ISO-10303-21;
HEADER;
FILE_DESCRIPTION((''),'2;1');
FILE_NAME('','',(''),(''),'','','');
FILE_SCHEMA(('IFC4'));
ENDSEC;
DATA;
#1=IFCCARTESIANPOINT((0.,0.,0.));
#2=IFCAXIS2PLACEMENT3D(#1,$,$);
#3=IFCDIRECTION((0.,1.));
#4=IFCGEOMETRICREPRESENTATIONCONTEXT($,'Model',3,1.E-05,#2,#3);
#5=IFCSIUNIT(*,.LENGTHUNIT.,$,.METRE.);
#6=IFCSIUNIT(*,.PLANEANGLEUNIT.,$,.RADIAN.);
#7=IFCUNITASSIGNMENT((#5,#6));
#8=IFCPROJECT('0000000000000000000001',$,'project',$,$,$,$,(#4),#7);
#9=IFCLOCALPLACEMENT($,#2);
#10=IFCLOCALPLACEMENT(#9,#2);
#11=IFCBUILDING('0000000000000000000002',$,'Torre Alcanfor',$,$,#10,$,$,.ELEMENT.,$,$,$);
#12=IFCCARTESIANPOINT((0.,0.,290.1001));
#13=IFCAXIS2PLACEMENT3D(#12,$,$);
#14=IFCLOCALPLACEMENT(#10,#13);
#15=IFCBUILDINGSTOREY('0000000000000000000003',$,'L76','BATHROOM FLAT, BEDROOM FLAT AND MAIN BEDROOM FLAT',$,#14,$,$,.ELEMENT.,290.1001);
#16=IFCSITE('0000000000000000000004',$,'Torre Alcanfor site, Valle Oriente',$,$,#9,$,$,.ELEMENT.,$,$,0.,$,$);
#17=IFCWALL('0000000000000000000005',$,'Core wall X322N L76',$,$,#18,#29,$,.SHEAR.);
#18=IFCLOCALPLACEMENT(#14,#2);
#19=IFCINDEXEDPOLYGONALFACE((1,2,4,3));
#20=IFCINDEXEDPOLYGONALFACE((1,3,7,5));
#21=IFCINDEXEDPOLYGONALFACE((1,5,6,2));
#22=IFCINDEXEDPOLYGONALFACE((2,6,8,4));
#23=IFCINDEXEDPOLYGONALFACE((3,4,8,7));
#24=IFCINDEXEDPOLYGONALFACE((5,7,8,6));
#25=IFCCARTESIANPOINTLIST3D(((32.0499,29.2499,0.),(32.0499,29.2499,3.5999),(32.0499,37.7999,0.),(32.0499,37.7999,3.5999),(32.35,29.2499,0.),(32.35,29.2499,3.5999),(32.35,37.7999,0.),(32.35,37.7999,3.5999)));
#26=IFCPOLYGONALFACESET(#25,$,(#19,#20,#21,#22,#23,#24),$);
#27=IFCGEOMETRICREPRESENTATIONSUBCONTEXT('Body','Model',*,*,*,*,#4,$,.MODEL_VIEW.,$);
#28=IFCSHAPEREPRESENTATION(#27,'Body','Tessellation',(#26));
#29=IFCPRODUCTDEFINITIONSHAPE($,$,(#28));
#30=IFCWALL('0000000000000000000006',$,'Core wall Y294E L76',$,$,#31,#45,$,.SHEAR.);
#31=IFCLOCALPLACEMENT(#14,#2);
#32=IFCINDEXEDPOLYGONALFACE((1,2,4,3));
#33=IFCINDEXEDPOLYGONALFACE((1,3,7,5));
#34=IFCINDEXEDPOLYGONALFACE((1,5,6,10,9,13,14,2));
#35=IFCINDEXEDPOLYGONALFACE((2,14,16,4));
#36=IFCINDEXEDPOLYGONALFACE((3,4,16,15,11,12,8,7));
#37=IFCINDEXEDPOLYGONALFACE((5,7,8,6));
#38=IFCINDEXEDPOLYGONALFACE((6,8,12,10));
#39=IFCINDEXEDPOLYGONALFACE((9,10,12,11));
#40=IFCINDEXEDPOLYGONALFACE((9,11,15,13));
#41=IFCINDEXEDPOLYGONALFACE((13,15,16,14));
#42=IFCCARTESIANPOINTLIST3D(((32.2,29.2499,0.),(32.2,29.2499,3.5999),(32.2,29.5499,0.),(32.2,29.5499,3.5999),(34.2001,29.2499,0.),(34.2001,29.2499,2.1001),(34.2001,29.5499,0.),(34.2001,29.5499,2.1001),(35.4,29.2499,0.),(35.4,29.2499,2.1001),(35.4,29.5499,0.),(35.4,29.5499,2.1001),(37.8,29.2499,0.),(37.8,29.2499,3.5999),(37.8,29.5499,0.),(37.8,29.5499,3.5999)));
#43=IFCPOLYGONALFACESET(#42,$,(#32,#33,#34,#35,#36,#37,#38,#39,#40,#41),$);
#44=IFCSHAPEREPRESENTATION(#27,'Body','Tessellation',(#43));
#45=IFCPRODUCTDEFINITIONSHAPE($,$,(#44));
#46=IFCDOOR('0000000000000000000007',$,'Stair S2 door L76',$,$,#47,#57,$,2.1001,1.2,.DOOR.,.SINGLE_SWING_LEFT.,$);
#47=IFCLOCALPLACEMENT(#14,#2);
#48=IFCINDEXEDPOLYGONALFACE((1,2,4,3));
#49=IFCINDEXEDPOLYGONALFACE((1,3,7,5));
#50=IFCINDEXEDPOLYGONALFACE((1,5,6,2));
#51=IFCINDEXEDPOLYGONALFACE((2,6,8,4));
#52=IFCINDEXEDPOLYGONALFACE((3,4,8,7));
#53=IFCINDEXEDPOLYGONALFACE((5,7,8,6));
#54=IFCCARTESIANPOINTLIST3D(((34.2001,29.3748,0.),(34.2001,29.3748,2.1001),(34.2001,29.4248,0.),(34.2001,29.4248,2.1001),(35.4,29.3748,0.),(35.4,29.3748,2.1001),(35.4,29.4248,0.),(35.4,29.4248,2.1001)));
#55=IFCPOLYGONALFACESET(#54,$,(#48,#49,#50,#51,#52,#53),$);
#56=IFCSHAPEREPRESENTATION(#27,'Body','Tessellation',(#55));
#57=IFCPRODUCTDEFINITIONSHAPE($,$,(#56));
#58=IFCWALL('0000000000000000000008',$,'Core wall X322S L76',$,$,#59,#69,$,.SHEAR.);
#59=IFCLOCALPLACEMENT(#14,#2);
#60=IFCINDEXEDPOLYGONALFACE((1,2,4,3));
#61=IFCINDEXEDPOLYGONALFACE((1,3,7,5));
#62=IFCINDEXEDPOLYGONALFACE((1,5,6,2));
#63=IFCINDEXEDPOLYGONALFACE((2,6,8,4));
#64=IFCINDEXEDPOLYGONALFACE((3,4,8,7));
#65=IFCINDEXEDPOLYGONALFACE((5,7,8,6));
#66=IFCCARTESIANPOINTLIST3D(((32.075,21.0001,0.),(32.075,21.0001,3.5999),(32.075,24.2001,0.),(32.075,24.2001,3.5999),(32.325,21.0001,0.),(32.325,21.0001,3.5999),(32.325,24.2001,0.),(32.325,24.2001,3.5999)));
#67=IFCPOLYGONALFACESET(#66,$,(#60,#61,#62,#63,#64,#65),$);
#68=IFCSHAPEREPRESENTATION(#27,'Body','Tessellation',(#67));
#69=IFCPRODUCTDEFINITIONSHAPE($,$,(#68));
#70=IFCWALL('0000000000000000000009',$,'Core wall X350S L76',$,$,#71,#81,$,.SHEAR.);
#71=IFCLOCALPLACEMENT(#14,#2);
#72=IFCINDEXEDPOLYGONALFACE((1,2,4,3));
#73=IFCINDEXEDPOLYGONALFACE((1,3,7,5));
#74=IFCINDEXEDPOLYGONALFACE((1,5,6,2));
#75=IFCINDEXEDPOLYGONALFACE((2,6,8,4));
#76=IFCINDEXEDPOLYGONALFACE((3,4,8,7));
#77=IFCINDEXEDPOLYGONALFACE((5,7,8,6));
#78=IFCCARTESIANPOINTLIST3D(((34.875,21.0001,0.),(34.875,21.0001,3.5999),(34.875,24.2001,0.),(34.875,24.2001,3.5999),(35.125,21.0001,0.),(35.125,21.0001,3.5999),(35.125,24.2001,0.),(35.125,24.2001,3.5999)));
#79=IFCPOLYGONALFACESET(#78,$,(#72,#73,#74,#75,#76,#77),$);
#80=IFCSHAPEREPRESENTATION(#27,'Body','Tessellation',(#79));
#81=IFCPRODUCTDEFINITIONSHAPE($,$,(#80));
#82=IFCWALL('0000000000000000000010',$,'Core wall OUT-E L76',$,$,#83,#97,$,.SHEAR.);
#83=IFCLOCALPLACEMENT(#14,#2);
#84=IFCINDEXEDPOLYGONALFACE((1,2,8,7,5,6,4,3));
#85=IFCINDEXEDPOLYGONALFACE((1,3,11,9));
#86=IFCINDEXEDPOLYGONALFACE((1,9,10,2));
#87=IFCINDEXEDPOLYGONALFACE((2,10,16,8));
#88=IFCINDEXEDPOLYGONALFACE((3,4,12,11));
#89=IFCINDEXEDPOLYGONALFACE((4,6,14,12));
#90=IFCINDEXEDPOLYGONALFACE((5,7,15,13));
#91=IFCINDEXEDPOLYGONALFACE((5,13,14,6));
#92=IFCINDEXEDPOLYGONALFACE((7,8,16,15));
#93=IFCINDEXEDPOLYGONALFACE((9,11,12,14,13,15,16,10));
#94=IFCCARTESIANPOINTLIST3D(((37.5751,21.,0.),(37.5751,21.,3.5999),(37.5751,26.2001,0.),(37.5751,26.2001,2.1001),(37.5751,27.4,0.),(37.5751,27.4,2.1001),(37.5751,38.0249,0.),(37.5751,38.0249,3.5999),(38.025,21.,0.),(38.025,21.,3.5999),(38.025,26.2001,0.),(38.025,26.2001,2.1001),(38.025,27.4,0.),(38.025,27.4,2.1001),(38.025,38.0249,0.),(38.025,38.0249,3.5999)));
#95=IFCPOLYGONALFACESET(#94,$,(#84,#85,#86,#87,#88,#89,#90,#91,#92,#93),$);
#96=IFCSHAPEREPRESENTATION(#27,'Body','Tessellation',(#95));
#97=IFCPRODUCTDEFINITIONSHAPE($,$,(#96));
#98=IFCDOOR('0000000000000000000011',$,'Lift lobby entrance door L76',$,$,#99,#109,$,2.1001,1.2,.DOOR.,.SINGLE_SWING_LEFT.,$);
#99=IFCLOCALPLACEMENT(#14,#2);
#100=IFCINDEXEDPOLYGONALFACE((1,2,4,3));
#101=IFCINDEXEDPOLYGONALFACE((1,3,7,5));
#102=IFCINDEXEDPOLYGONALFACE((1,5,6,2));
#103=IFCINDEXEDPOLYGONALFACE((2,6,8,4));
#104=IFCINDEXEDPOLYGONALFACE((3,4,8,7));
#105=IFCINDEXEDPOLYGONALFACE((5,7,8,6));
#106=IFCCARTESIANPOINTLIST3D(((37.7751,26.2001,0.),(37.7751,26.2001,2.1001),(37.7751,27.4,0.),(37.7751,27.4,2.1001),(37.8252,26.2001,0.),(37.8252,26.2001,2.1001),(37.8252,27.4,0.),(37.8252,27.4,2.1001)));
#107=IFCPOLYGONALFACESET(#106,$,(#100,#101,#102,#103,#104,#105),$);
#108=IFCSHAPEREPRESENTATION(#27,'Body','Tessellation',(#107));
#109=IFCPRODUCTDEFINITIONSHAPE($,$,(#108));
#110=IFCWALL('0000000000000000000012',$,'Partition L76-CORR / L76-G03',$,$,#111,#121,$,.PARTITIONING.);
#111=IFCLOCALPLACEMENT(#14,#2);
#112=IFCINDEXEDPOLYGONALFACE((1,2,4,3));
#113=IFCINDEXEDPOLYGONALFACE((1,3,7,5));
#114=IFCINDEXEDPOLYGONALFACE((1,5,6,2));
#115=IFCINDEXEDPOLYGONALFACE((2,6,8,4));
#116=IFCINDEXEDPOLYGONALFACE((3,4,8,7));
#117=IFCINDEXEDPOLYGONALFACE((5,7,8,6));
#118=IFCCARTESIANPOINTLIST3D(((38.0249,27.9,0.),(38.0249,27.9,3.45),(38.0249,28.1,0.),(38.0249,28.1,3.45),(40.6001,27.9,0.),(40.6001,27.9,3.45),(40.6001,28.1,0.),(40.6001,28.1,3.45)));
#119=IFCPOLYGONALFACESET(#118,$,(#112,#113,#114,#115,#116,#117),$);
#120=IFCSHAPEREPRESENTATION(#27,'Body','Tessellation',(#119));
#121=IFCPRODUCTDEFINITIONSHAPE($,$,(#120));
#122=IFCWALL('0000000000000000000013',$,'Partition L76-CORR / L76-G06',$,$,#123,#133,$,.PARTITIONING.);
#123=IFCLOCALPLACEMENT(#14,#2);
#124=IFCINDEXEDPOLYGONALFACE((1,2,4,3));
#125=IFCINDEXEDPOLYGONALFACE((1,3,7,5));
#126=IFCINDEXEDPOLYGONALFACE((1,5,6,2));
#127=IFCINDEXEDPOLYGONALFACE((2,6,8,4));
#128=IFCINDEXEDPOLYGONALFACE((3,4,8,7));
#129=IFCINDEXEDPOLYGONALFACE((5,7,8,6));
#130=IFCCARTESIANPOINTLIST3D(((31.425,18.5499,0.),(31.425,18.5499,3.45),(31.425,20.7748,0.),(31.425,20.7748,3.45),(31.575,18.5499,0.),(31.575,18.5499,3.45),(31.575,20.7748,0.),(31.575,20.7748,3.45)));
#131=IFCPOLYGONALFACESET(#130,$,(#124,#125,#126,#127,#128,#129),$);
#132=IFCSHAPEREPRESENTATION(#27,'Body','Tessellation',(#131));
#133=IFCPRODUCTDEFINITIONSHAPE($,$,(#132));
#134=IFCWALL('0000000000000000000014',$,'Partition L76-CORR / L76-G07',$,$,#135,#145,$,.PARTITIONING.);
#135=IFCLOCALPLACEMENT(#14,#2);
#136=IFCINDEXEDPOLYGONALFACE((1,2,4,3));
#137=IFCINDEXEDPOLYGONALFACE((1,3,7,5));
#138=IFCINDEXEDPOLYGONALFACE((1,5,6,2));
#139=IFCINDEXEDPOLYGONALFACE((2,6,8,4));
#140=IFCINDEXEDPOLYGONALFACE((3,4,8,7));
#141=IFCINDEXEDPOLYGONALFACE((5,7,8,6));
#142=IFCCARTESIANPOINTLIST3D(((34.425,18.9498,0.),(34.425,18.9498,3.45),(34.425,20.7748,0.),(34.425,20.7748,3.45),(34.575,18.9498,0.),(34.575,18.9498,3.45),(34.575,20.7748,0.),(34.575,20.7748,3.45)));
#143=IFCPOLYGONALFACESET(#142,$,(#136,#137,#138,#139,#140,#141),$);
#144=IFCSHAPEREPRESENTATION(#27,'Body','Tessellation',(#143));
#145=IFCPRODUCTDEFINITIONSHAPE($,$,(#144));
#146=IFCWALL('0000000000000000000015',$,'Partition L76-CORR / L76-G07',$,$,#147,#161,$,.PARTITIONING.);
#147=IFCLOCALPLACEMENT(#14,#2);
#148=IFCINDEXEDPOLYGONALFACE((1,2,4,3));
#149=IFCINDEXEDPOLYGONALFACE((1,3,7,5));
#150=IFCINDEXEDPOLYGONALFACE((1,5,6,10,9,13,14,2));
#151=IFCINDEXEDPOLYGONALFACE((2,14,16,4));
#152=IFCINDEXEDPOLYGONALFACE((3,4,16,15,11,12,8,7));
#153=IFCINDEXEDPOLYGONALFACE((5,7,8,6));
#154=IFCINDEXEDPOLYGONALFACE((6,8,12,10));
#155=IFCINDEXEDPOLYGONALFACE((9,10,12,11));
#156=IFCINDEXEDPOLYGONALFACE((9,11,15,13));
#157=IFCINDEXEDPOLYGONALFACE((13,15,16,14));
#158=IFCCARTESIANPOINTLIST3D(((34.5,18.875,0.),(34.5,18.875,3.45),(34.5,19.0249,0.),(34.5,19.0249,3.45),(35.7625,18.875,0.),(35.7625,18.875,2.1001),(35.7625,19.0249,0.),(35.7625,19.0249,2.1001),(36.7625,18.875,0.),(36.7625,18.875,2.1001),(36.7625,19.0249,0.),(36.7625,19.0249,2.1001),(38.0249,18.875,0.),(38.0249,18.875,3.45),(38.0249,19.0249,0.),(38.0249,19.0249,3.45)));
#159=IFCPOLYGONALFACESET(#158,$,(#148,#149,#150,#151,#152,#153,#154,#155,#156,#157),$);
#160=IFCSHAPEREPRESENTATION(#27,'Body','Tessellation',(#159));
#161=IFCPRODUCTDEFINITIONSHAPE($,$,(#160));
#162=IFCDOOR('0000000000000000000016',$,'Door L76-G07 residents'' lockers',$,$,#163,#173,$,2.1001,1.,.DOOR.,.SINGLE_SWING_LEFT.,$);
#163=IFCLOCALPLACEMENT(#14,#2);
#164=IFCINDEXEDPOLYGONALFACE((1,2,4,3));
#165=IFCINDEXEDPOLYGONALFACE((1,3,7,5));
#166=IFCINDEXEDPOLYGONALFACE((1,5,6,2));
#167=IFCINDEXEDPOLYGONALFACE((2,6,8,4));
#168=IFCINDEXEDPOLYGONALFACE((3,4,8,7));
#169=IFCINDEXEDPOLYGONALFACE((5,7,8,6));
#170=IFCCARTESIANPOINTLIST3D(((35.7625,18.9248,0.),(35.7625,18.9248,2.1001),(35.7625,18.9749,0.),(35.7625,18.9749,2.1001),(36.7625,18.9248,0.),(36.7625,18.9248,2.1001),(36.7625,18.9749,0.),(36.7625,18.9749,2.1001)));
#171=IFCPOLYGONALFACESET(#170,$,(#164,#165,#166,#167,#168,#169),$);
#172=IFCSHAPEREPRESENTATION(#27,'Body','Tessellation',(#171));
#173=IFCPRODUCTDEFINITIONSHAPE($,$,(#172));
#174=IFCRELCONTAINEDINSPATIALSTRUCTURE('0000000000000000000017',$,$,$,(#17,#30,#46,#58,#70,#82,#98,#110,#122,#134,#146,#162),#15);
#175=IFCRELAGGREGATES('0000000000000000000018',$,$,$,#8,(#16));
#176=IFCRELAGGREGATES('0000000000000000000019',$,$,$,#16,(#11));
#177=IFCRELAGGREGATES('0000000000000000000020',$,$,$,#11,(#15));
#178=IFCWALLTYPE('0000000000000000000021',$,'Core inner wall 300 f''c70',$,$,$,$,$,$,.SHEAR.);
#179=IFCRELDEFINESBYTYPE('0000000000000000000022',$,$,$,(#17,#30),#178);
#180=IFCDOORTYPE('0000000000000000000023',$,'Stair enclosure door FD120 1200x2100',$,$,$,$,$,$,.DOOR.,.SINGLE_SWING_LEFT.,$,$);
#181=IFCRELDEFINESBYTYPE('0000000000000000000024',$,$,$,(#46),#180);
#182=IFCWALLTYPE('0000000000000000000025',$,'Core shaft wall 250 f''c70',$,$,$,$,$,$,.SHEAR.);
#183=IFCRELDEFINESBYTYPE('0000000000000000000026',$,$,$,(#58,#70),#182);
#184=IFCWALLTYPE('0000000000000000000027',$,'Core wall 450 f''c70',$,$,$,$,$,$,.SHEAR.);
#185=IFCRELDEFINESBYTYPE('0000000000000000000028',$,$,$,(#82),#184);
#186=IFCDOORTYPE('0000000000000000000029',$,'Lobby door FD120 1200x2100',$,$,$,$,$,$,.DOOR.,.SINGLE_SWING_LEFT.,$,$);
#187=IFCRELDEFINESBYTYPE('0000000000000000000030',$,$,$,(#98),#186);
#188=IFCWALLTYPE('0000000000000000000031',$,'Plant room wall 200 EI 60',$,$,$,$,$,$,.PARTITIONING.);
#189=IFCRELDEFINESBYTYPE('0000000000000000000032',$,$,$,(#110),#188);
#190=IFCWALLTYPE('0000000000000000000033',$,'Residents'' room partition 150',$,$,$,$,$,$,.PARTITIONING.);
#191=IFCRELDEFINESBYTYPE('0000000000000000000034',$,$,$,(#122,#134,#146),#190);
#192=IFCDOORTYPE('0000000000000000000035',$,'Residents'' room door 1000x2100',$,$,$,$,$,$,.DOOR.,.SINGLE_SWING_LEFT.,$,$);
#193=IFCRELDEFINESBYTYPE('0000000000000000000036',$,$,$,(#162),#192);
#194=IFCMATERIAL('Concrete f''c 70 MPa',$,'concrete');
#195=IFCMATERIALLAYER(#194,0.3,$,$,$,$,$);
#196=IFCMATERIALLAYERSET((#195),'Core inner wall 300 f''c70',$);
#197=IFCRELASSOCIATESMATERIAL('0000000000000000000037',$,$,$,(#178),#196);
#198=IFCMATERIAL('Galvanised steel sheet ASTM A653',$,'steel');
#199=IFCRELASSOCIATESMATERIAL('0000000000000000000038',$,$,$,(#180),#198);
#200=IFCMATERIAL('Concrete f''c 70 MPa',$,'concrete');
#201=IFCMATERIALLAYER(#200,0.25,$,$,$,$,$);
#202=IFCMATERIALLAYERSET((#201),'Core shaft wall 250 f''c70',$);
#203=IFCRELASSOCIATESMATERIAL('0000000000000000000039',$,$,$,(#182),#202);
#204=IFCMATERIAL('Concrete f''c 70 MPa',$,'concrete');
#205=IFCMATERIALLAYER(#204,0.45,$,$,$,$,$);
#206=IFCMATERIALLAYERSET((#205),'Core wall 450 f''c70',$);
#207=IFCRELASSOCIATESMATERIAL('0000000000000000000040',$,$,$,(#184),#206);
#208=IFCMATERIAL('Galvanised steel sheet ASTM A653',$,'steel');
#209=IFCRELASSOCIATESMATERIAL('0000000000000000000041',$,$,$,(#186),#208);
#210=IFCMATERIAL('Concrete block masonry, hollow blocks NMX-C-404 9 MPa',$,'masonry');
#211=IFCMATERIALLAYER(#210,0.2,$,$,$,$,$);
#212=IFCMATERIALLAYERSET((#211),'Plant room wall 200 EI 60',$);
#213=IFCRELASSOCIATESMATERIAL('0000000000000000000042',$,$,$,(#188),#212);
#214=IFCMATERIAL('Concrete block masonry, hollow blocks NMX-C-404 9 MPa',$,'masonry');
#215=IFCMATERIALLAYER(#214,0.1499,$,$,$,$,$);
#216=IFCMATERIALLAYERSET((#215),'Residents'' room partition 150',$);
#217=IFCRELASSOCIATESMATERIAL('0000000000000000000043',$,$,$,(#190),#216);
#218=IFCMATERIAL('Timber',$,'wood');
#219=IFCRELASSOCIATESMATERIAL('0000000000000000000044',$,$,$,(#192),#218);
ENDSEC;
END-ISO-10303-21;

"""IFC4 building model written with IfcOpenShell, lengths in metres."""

from ifc_helpers import new_model, si_unit, direction, frame, frame_2d, origin, place, context, subcontext, project, spatial, rectangle, extrude, material, layer, layer_set, type_object, element, fill, save


model = new_model("IFC4")

# Units and contexts
model_context = context("Model", 3, precision=1e-05, world=origin(), true_north=direction((0.0, 1.0)))
body_context = subcontext(model_context, "Body", "Model", "MODEL_VIEW")
ifc_project = project(units=[si_unit("LENGTHUNIT", "METRE"), si_unit("PLANEANGLEUNIT", "RADIAN")], contexts=[model_context])

# Site, building, storey
site_placement = place(None, origin())
site = spatial("IfcSite", under=ifc_project, at=site_placement, Name="Torre Alcanfor site, Valle Oriente", CompositionType="ELEMENT", RefElevation=0.0)
building_placement = place(site_placement, origin())
building = spatial("IfcBuilding", under=site, at=building_placement, Name="Torre Alcanfor", CompositionType="ELEMENT")
storey_placement = place(building_placement, frame((0.0, 0.0, 290.1001)))
storey = spatial("IfcBuildingStorey", under=building, at=storey_placement, Name="L76", Description="BATHROOM FLAT, BEDROOM FLAT AND MAIN BEDROOM FLAT", CompositionType="ELEMENT", Elevation=290.1001)

# Wall
ifc_material_1 = material(Name="Concrete f'c 70 MPa", Category="concrete")
ifc_layer_1 = layer(ifc_material_1, 0.3)
ifc_layer_set_1 = layer_set([ifc_layer_1], Name="Core inner wall 300 f'c70")
wall_type_1 = type_object("IfcWallType", Name="Core inner wall 300 f'c70", PredefinedType="SHEAR", material=ifc_layer_set_1)
wall_1_placement = place(storey_placement, frame((32.2, 29.25, 0.0), z_axis=(0.0, 0.0, 1.0), x_axis=(0.0, 1.0, 0.0)))
element("IfcWall", 1, at=wall_1_placement, inside=storey, type_object=wall_type_1, Name="Core wall X322N L76", PredefinedType="SHEAR", context=body_context, shape_type="SweptSolid", body=[
    extrude(rectangle(XDim=8.55, YDim=0.3, at=frame_2d((4.2749, 0.0))), origin(), (0.0, 0.0, 1.0), 3.5999),
])

# Wall, opening, door
wall_2_placement = place(storey_placement, frame((32.2, 29.3999, 0.0), z_axis=(0.0, 0.0, 1.0), x_axis=(1.0, 0.0, 0.0)))
wall_2 = element("IfcWall", 2, at=wall_2_placement, inside=storey, type_object=wall_type_1, Name="Core wall Y294E L76", PredefinedType="SHEAR", context=body_context, shape_type="SweptSolid", body=[
    extrude(rectangle(XDim=5.6001, YDim=0.3, at=frame_2d((2.8, 0.0))), origin(), (0.0, 0.0, 1.0), 3.5999),
])
opening_1_placement = place(wall_2_placement, frame((2.0, 0.0, 0.0)))
opening_1 = element("IfcOpeningElement", 3, at=opening_1_placement, cuts=wall_2, PredefinedType="OPENING", context=body_context, shape_type="SweptSolid", body=[
    extrude(rectangle(XDim=1.2, YDim=2.1001, at=frame_2d((0.6001, 1.05))), frame((0.0, 0.1599, 0.0), z_axis=(0.0, -1.0, 0.0), x_axis=(1.0, 0.0, 0.0)), (0.0, 0.0, 1.0), 0.3201),
])
ifc_material_2 = material(Name="Galvanised steel sheet ASTM A653", Category="steel")
door_type_1 = type_object("IfcDoorType", Name="Stair enclosure door FD120 1200x2100", OperationType="SINGLE_SWING_LEFT", PredefinedType="DOOR", material=ifc_material_2)
door_1_placement = place(opening_1_placement, origin())
door_1 = element("IfcDoor", 4, at=door_1_placement, inside=storey, type_object=door_type_1, Name="Stair S2 door L76", OperationType="SINGLE_SWING_LEFT", OverallHeight=2.1001, OverallWidth=1.2, PredefinedType="DOOR", context=body_context, shape_type="SweptSolid", body=[
    extrude(rectangle(XDim=1.2, YDim=2.1001, at=frame_2d((0.6001, 1.05))), frame((0.0, 0.0249, 0.0), z_axis=(0.0, -1.0, 0.0), x_axis=(1.0, 0.0, 0.0)), (0.0, 0.0, 1.0), 0.05),
])
fill(opening_1, door_1)

# Walls
ifc_material_3 = material(Name="Concrete f'c 70 MPa", Category="concrete")
ifc_layer_2 = layer(ifc_material_3, 0.25)
ifc_layer_set_2 = layer_set([ifc_layer_2], Name="Core shaft wall 250 f'c70")
wall_type_2 = type_object("IfcWallType", Name="Core shaft wall 250 f'c70", PredefinedType="SHEAR", material=ifc_layer_set_2)
for number, where, z_axis, x_axis, name in (
    (5, (32.2, 21.0, 0.0), (0.0, 0.0, 1.0), (0.0, 1.0, 0.0), "Core wall X322S L76"),
    (6, (35.0, 21.0, 0.0), (0.0, 0.0, 1.0), (0.0, 1.0, 0.0), "Core wall X350S L76"),
):
    element("IfcWall", number, at=place(storey_placement, frame(where, z_axis=z_axis, x_axis=x_axis)), inside=storey, type_object=wall_type_2, Name=name, PredefinedType="SHEAR", context=body_context, shape_type="SweptSolid", body=[
        extrude(rectangle(XDim=3.2, YDim=0.25, at=frame_2d((1.6001, 0.0))), origin(), (0.0, 0.0, 1.0), 3.5999),
    ])

# Wall, opening, door
ifc_material_4 = material(Name="Concrete f'c 70 MPa", Category="concrete")
ifc_layer_3 = layer(ifc_material_4, 0.45)
ifc_layer_set_3 = layer_set([ifc_layer_3], Name="Core wall 450 f'c70")
wall_type_3 = type_object("IfcWallType", Name="Core wall 450 f'c70", PredefinedType="SHEAR", material=ifc_layer_set_3)
wall_3_placement = place(storey_placement, frame((37.8, 21.0, 0.0), z_axis=(0.0, 0.0, 1.0), x_axis=(0.0, 1.0, 0.0)))
wall_3 = element("IfcWall", 7, at=wall_3_placement, inside=storey, type_object=wall_type_3, Name="Core wall OUT-E L76", PredefinedType="SHEAR", context=body_context, shape_type="SweptSolid", body=[
    extrude(rectangle(XDim=17.0249, YDim=0.45, at=frame_2d((8.5125, 0.0))), origin(), (0.0, 0.0, 1.0), 3.5999),
])
opening_2_placement = place(wall_3_placement, frame((5.2, 0.0, 0.0)))
opening_2 = element("IfcOpeningElement", 8, at=opening_2_placement, cuts=wall_3, PredefinedType="OPENING", context=body_context, shape_type="SweptSolid", body=[
    extrude(rectangle(XDim=1.2, YDim=2.1001, at=frame_2d((0.6001, 1.05))), frame((0.0, 0.2349, 0.0), z_axis=(0.0, -1.0, 0.0), x_axis=(1.0, 0.0, 0.0)), (0.0, 0.0, 1.0), 0.47),
])
ifc_material_5 = material(Name="Galvanised steel sheet ASTM A653", Category="steel")
door_type_2 = type_object("IfcDoorType", Name="Lobby door FD120 1200x2100", OperationType="SINGLE_SWING_LEFT", PredefinedType="DOOR", material=ifc_material_5)
door_2_placement = place(opening_2_placement, origin())
door_2 = element("IfcDoor", 9, at=door_2_placement, inside=storey, type_object=door_type_2, Name="Lift lobby entrance door L76", OperationType="SINGLE_SWING_LEFT", OverallHeight=2.1001, OverallWidth=1.2, PredefinedType="DOOR", context=body_context, shape_type="SweptSolid", body=[
    extrude(rectangle(XDim=1.2, YDim=2.1001, at=frame_2d((0.6001, 1.05))), frame((0.0, 0.0249, 0.0), z_axis=(0.0, -1.0, 0.0), x_axis=(1.0, 0.0, 0.0)), (0.0, 0.0, 1.0), 0.05),
])
fill(opening_2, door_2)

# Walls
ifc_material_6 = material(Name="Concrete block masonry, hollow blocks NMX-C-404 9 MPa", Category="masonry")
ifc_layer_4 = layer(ifc_material_6, 0.2)
ifc_layer_set_4 = layer_set([ifc_layer_4], Name="Plant room wall 200 EI 60")
wall_type_4 = type_object("IfcWallType", Name="Plant room wall 200 EI 60", PredefinedType="PARTITIONING", material=ifc_layer_set_4)
wall_4_placement = place(storey_placement, frame((38.0249, 28.0, 0.0), z_axis=(0.0, 0.0, 1.0), x_axis=(1.0, 0.0, 0.0)))
element("IfcWall", 10, at=wall_4_placement, inside=storey, type_object=wall_type_4, Name="Partition L76-CORR / L76-G03", PredefinedType="PARTITIONING", context=body_context, shape_type="SweptSolid", body=[
    extrude(rectangle(XDim=2.5752, YDim=0.2, at=frame_2d((1.2876, 0.0))), origin(), (0.0, 0.0, 1.0), 3.45),
])
ifc_material_7 = material(Name="Concrete block masonry, hollow blocks NMX-C-404 9 MPa", Category="masonry")
ifc_layer_5 = layer(ifc_material_7, 0.1499)
ifc_layer_set_5 = layer_set([ifc_layer_5], Name="Residents' room partition 150")
wall_type_5 = type_object("IfcWallType", Name="Residents' room partition 150", PredefinedType="PARTITIONING", material=ifc_layer_set_5)
wall_5_placement = place(storey_placement, frame((31.5, 18.55, 0.0), z_axis=(0.0, 0.0, 1.0), x_axis=(0.0, 1.0, 0.0)))
element("IfcWall", 11, at=wall_5_placement, inside=storey, type_object=wall_type_5, Name="Partition L76-CORR / L76-G06", PredefinedType="PARTITIONING", context=body_context, shape_type="SweptSolid", body=[
    extrude(rectangle(XDim=2.2249, YDim=0.1499, at=frame_2d((1.1123, 0.0))), origin(), (0.0, 0.0, 1.0), 3.45),
])
wall_6_placement = place(storey_placement, frame((34.5, 20.7749, 0.0), z_axis=(0.0, 0.0, 1.0), x_axis=(0.0, -1.0, 0.0)))
element("IfcWall", 12, at=wall_6_placement, inside=storey, type_object=wall_type_5, Name="Partition L76-CORR / L76-G07", PredefinedType="PARTITIONING", context=body_context, shape_type="SweptSolid", body=[
    extrude(rectangle(XDim=1.825, YDim=0.1499, at=frame_2d((0.9126, 0.0))), origin(), (0.0, 0.0, 1.0), 3.45),
])

# Wall, opening, door
wall_7_placement = place(storey_placement, frame((34.5, 18.95, 0.0), z_axis=(0.0, 0.0, 1.0), x_axis=(1.0, 0.0, 0.0)))
wall_7 = element("IfcWall", 13, at=wall_7_placement, inside=storey, type_object=wall_type_5, Name="Partition L76-CORR / L76-G07", PredefinedType="PARTITIONING", context=body_context, shape_type="SweptSolid", body=[
    extrude(rectangle(XDim=3.5249, YDim=0.1499, at=frame_2d((1.7625, 0.0))), origin(), (0.0, 0.0, 1.0), 3.45),
])
opening_3_placement = place(wall_7_placement, frame((1.2625, 0.0, 0.0)))
opening_3 = element("IfcOpeningElement", 14, at=opening_3_placement, cuts=wall_7, PredefinedType="OPENING", context=body_context, shape_type="SweptSolid", body=[
    extrude(rectangle(XDim=1.0, YDim=2.1001, at=frame_2d((0.5, 1.05))), frame((0.0, 0.085, 0.0), z_axis=(0.0, -1.0, 0.0), x_axis=(1.0, 0.0, 0.0)), (0.0, 0.0, 1.0), 0.1699),
])
ifc_material_8 = material(Name="Timber", Category="wood")
door_type_3 = type_object("IfcDoorType", Name="Residents' room door 1000x2100", OperationType="SINGLE_SWING_LEFT", PredefinedType="DOOR", material=ifc_material_8)
door_3_placement = place(opening_3_placement, origin())
door_3 = element("IfcDoor", 15, at=door_3_placement, inside=storey, type_object=door_type_3, Name="Door L76-G07 residents' lockers", OperationType="SINGLE_SWING_LEFT", OverallHeight=2.1001, OverallWidth=1.0, PredefinedType="DOOR", context=body_context, shape_type="SweptSolid", body=[
    extrude(rectangle(XDim=1.0, YDim=2.1001, at=frame_2d((0.5, 1.05))), frame((0.0, 0.0249, 0.0), z_axis=(0.0, -1.0, 0.0), x_axis=(1.0, 0.0, 0.0)), (0.0, 0.0, 1.0), 0.05),
])
fill(opening_3, door_3)

save(model, "model.ifc")
